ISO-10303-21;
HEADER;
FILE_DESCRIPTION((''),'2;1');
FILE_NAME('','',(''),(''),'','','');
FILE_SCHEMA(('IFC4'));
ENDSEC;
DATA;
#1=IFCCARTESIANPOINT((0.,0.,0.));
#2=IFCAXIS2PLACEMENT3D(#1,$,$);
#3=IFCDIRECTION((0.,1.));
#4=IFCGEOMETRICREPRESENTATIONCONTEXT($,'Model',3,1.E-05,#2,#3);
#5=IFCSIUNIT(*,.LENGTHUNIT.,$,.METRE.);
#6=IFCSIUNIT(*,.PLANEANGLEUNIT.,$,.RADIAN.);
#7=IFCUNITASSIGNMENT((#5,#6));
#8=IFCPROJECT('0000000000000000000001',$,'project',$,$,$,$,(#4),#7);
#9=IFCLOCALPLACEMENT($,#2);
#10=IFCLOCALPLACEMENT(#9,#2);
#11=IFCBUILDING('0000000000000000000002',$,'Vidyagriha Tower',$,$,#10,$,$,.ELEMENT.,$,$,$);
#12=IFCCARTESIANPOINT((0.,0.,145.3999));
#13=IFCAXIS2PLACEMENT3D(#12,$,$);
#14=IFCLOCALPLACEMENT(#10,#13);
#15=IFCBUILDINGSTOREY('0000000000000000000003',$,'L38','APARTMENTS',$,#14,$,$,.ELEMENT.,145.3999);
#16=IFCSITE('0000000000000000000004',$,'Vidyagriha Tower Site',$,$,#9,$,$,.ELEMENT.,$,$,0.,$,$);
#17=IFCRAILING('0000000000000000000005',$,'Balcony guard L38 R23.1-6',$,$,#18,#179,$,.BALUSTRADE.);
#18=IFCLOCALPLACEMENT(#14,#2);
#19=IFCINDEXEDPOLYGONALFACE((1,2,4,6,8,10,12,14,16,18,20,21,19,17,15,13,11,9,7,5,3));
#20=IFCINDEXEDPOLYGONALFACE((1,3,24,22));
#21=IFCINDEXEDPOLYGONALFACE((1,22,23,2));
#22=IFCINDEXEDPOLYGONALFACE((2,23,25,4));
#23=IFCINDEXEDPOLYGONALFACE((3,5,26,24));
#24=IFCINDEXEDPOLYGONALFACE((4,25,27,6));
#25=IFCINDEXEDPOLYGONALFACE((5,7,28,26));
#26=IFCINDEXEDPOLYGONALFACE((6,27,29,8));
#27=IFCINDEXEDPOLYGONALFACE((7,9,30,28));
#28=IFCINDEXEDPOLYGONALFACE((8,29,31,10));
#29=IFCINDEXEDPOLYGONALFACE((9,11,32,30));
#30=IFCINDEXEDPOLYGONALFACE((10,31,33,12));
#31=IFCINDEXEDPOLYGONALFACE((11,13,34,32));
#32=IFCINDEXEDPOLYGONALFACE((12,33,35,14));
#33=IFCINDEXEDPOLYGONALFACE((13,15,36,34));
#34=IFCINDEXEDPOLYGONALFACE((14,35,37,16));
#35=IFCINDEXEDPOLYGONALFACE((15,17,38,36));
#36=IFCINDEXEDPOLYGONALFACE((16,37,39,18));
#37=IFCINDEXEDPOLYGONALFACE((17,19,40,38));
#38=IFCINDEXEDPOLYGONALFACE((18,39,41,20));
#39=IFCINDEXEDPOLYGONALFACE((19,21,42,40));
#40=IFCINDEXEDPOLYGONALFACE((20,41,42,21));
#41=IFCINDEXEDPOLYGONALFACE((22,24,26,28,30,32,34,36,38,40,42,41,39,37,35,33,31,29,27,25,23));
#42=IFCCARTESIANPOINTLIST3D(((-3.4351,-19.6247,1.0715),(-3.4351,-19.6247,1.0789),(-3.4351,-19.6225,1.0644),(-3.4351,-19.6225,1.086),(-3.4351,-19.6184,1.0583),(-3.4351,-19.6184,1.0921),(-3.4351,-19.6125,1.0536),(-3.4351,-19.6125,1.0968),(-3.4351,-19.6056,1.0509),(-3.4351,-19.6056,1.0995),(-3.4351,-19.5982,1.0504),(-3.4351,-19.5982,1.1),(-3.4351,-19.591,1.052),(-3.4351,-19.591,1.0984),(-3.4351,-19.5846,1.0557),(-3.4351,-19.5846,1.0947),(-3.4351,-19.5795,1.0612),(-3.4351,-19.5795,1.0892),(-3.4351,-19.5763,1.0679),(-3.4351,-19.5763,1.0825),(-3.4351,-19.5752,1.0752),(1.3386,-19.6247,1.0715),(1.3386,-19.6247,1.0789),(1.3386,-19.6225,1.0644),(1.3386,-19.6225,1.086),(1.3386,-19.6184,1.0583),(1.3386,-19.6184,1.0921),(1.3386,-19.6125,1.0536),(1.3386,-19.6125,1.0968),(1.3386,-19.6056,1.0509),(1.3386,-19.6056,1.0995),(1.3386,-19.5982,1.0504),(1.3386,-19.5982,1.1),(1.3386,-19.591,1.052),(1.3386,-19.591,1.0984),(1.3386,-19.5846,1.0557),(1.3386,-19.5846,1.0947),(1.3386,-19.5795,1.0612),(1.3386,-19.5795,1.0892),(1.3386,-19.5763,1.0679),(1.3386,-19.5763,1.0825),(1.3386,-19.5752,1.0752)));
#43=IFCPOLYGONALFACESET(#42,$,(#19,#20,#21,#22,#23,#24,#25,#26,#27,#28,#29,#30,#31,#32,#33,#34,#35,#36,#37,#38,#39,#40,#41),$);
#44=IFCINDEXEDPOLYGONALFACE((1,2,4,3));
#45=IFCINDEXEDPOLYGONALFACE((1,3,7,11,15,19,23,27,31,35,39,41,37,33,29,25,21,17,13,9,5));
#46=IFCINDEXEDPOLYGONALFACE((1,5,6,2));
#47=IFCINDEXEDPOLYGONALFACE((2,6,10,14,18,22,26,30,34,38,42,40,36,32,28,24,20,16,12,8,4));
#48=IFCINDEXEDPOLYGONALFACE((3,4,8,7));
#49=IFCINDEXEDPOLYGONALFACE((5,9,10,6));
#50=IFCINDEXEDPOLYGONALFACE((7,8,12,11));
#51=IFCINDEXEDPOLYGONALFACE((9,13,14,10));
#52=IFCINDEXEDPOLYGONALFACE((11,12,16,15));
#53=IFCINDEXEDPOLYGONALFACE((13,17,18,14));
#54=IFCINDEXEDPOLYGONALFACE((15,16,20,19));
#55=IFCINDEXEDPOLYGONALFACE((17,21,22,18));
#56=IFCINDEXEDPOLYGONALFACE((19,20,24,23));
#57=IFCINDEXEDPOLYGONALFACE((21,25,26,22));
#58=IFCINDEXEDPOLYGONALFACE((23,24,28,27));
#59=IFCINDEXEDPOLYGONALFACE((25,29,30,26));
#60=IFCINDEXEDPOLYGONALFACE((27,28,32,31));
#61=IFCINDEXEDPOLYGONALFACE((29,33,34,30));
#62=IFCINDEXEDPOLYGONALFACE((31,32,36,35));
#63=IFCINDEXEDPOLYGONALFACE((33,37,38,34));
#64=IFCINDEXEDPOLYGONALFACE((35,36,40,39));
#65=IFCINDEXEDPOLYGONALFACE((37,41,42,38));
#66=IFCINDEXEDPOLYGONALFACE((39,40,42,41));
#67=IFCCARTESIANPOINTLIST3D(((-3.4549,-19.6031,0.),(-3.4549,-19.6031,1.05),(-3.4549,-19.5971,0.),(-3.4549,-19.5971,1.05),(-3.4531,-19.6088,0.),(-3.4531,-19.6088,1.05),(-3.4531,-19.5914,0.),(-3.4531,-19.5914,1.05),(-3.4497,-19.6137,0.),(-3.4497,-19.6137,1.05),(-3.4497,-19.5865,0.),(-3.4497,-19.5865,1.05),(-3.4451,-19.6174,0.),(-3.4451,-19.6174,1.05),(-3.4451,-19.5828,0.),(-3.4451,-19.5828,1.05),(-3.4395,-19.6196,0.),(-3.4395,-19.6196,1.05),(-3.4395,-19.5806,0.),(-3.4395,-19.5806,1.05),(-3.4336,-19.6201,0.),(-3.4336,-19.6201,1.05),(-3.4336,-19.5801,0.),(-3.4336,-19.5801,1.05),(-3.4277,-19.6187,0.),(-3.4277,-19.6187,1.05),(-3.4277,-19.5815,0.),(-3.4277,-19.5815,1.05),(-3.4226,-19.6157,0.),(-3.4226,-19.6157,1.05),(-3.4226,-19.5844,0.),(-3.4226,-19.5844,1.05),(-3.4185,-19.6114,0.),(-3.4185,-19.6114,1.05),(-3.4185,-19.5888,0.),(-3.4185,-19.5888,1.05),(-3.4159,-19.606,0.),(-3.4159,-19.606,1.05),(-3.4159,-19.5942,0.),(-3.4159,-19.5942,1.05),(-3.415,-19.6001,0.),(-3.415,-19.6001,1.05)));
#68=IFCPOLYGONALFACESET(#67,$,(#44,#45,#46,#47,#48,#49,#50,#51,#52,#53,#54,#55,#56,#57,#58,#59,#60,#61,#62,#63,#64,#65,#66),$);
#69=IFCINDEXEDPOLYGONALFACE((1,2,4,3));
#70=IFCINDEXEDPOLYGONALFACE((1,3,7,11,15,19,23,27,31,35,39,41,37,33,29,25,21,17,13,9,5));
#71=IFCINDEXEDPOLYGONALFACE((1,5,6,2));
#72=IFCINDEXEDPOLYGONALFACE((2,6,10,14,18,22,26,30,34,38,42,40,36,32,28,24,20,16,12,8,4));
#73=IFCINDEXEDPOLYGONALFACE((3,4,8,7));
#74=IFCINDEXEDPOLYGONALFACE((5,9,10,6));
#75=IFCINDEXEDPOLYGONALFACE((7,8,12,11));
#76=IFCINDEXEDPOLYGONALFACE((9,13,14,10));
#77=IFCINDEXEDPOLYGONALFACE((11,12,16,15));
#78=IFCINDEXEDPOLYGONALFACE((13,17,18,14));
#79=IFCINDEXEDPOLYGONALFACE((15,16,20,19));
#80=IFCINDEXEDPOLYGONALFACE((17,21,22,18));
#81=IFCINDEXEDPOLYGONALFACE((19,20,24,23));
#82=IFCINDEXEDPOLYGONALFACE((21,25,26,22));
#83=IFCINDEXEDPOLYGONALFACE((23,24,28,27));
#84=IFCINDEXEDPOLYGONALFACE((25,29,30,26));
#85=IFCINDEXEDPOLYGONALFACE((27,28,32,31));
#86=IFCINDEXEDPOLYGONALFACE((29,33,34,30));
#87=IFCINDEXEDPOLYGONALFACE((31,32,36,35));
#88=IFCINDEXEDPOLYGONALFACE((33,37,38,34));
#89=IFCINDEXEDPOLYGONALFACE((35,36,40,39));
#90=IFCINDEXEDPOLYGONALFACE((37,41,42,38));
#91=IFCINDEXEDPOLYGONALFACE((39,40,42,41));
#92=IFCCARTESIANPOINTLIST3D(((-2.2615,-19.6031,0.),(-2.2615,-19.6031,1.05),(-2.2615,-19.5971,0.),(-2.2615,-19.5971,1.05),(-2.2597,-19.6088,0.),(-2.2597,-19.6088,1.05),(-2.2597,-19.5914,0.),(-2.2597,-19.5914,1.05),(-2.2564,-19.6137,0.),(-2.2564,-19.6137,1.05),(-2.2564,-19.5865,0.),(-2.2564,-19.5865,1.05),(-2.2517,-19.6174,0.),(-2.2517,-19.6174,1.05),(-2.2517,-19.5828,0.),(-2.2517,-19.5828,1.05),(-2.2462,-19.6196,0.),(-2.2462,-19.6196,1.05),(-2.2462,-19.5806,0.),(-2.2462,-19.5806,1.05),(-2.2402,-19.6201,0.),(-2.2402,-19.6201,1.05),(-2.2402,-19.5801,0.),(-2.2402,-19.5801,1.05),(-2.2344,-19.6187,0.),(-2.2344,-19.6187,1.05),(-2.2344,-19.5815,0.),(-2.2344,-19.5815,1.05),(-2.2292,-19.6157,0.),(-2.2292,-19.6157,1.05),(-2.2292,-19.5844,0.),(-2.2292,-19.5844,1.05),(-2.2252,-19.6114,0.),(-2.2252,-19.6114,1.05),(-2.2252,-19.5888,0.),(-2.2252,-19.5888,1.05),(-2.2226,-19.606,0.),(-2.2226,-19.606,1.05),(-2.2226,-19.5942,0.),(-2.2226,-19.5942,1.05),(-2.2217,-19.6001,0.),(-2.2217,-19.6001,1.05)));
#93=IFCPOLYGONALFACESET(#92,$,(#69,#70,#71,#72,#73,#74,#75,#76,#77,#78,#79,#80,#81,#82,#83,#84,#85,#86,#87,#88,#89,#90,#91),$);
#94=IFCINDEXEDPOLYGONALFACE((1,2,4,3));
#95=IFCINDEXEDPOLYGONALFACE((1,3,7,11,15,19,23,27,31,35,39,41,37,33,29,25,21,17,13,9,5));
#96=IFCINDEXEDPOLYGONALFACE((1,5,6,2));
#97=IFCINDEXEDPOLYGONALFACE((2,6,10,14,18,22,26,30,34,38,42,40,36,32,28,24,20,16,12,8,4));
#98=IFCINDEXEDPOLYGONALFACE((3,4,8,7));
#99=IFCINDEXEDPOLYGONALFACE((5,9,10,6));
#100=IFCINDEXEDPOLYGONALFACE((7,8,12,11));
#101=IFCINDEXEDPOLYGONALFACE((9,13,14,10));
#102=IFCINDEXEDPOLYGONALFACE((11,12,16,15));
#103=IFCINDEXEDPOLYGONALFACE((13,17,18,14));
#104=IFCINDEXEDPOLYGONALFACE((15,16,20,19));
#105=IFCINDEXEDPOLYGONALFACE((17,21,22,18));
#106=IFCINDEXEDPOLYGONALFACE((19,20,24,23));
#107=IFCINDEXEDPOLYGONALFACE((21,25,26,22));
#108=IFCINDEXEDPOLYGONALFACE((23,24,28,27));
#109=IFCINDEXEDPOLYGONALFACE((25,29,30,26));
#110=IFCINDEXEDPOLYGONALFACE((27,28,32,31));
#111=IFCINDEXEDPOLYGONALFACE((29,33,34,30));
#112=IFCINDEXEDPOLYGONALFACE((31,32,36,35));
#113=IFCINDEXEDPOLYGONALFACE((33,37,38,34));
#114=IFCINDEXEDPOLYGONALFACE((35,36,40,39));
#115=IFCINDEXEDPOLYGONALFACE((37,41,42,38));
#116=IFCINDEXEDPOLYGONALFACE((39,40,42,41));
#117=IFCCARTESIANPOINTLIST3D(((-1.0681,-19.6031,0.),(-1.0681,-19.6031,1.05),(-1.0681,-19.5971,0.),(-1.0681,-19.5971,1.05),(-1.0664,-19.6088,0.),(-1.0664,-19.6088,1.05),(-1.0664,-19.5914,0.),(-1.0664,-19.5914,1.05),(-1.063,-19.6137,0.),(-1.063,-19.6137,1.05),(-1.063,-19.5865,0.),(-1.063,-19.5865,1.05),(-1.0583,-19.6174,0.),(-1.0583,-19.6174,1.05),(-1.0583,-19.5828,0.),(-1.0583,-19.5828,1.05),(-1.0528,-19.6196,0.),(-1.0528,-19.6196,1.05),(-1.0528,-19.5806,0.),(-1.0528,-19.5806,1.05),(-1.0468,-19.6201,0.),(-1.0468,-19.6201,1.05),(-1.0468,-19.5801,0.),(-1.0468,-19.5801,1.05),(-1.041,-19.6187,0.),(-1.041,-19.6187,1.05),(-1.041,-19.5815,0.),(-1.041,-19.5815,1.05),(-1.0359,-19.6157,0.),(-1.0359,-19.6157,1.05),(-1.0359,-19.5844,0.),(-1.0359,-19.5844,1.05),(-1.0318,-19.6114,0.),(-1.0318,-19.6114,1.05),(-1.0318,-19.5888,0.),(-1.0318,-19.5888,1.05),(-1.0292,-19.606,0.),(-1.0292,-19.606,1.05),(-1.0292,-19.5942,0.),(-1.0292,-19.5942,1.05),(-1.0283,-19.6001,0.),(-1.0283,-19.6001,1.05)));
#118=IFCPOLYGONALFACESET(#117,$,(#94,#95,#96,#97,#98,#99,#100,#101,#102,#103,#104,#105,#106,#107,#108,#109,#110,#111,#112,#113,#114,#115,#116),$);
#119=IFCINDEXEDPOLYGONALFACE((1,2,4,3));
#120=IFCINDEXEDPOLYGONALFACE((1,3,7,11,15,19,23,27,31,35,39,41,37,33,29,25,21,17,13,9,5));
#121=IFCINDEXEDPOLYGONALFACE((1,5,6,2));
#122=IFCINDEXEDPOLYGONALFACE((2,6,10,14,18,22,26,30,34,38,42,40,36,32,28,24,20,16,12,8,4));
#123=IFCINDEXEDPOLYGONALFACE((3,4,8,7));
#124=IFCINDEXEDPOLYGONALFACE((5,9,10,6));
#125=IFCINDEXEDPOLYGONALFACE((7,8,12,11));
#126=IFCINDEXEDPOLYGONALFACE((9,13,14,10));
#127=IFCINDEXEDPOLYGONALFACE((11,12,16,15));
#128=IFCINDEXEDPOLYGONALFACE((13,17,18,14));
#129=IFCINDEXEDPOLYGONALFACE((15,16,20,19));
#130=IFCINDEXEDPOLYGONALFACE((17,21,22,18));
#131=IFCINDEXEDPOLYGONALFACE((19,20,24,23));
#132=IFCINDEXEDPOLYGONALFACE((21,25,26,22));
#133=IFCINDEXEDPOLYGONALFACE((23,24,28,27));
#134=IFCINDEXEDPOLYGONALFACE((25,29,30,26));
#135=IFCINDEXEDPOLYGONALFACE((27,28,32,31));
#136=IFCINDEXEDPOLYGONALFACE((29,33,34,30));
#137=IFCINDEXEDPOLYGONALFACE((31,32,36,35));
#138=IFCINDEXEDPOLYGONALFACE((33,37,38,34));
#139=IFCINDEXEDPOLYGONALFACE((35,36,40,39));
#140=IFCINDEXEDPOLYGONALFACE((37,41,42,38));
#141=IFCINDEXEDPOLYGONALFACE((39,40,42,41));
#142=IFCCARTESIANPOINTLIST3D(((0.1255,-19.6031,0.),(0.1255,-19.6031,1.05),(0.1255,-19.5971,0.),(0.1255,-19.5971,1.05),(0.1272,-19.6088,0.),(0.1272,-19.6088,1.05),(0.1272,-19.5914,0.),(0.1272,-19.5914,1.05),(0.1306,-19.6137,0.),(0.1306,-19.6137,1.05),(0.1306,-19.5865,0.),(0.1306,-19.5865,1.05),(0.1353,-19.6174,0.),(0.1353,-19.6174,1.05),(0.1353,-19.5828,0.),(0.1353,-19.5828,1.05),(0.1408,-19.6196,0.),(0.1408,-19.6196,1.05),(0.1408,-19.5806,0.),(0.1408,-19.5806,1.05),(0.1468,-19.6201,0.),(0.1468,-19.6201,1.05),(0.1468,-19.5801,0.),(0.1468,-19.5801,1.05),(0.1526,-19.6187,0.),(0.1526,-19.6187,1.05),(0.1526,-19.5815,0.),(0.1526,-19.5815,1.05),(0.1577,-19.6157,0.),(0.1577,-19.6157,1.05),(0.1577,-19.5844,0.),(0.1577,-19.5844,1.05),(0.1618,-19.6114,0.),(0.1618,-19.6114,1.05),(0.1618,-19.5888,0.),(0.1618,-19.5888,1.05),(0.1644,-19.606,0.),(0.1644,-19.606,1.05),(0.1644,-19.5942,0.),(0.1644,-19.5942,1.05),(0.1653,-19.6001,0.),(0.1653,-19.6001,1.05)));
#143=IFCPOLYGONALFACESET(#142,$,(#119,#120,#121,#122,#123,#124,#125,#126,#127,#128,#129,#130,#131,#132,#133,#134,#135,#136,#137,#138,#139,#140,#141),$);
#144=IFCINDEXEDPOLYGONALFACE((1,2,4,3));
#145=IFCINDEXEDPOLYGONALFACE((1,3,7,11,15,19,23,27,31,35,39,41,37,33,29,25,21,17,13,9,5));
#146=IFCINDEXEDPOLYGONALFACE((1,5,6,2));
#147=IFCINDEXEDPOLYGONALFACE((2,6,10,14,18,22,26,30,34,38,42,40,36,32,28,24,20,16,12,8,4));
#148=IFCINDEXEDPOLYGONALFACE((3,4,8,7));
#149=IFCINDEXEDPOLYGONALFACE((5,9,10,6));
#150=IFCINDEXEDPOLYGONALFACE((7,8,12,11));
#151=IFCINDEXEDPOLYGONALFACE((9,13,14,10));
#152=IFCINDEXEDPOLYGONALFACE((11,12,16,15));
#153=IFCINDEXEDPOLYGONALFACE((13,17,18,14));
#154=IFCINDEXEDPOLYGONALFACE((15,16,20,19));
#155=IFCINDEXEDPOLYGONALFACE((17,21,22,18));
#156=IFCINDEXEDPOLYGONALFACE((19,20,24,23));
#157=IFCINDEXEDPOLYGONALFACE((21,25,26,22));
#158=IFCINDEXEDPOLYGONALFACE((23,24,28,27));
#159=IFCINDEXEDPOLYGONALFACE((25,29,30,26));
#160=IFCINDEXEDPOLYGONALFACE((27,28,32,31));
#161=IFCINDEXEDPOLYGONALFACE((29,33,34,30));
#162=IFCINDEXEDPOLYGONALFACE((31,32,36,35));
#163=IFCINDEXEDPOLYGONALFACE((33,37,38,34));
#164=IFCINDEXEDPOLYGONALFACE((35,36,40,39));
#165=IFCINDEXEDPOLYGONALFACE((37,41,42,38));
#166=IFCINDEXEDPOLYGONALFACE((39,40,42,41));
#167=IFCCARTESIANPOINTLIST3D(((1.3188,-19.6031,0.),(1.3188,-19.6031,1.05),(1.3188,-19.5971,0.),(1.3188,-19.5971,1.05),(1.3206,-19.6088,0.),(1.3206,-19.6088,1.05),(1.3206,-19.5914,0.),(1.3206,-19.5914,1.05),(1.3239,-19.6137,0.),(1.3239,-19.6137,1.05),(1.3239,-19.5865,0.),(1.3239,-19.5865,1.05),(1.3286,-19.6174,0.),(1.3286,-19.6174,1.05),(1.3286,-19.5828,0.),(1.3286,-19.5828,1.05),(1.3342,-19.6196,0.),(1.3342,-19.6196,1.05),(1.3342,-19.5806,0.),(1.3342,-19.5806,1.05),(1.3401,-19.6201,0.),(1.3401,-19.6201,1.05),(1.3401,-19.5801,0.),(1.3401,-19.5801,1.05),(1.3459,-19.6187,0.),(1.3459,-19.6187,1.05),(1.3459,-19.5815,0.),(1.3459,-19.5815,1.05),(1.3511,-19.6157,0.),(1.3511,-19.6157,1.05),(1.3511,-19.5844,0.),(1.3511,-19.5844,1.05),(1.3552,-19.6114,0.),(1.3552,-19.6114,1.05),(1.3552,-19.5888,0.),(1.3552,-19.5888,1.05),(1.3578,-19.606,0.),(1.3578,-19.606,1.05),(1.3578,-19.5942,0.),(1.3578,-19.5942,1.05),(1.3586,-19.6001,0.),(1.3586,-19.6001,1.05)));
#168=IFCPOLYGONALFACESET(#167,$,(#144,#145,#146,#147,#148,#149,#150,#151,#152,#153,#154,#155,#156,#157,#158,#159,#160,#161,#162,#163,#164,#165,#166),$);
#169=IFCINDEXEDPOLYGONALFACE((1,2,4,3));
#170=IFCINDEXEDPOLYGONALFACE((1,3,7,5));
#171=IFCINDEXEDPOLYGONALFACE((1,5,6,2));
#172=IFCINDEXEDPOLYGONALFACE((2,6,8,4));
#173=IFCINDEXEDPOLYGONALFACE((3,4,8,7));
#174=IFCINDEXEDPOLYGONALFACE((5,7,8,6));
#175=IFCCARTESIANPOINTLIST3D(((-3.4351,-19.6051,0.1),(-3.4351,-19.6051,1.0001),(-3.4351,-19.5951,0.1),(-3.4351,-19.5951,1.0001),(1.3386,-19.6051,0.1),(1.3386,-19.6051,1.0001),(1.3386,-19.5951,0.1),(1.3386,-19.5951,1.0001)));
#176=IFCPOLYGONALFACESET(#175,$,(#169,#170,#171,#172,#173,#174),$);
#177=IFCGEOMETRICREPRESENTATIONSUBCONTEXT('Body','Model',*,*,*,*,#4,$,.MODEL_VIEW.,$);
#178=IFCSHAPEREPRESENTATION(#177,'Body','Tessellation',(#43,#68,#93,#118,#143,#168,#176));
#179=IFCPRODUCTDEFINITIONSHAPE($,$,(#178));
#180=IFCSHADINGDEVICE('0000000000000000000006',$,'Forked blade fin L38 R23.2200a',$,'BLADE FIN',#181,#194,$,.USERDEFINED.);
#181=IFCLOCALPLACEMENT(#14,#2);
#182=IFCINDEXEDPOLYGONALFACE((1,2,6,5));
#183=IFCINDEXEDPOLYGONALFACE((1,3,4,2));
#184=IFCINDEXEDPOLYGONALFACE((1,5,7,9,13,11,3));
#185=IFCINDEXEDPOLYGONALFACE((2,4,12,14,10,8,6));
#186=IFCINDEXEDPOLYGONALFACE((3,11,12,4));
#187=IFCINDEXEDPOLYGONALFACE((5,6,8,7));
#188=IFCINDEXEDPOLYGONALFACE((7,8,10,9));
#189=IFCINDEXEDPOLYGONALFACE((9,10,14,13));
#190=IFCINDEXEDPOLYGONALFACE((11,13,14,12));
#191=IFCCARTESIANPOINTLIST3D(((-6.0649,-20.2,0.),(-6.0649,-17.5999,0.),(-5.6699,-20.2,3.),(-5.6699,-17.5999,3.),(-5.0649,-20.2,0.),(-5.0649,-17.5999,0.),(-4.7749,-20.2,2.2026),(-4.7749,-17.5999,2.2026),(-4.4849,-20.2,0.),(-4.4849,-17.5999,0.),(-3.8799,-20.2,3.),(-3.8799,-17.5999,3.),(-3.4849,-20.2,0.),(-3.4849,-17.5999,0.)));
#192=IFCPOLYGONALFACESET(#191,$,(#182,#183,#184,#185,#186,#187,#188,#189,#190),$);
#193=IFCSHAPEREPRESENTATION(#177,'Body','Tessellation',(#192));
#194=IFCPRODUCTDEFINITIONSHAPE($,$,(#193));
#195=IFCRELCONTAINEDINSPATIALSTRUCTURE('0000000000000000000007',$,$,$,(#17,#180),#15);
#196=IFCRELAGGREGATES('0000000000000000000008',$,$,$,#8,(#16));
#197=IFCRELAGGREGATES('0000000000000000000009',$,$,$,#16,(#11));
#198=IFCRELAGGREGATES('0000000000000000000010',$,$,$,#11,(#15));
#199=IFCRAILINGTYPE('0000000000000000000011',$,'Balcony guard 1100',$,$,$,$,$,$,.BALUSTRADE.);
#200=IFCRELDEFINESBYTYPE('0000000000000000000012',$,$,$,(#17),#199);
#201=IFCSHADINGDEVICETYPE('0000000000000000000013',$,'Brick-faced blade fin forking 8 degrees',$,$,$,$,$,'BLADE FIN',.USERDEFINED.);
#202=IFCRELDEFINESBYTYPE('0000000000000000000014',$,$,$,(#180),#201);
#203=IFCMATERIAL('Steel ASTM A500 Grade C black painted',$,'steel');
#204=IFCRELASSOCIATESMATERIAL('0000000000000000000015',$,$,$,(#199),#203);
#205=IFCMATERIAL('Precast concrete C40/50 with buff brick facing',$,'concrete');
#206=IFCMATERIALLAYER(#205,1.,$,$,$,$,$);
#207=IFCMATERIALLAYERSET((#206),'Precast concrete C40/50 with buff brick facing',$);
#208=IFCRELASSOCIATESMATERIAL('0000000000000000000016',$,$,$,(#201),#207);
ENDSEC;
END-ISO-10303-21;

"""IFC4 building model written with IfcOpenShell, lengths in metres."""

from ifc_helpers import new_model, si_unit, direction, frame, origin, origin_2d, place, context, subcontext, project, spatial, polyline, rectangle, circle, outline, extrude, material, layer, layer_set, type_object, element, save


model = new_model("IFC4")

# Units and contexts
model_context = context("Model", 3, precision=1e-05, world=origin(), true_north=direction((0.0, 1.0)))
body_context = subcontext(model_context, "Body", "Model", "MODEL_VIEW")
ifc_project = project(units=[si_unit("LENGTHUNIT", "METRE"), si_unit("PLANEANGLEUNIT", "RADIAN")], contexts=[model_context])

# Site, building, storey
site_placement = place(None, origin())
site = spatial("IfcSite", under=ifc_project, at=site_placement, Name="Vidyagriha Tower Site", CompositionType="ELEMENT", RefElevation=0.0)
building_placement = place(site_placement, origin())
building = spatial("IfcBuilding", under=site, at=building_placement, Name="Vidyagriha Tower", CompositionType="ELEMENT")
storey_placement = place(building_placement, frame((0.0, 0.0, 145.3999)))
storey = spatial("IfcBuildingStorey", under=building, at=storey_placement, Name="L38", Description="APARTMENTS", CompositionType="ELEMENT", Elevation=145.3999)

# Railing
ifc_material_1 = material(Name="Steel ASTM A500 Grade C black painted", Category="steel")
railing_type = type_object("IfcRailingType", Name="Balcony guard 1100", PredefinedType="BALUSTRADE", material=ifc_material_1)
railing_placement = place(storey_placement, frame((-3.4351, -19.6001, 0.0)))
element("IfcRailing", 1, at=railing_placement, inside=storey, type_object=railing_type, Name="Balcony guard L38 R23.1-6", PredefinedType="BALUSTRADE", context=body_context, shape_type="SweptSolid", body=[
    extrude(circle(Radius=0.0249, at=origin_2d()), frame((0.0, 0.0, 1.0752), z_axis=(1.0, 0.0, 0.0), x_axis=(0.0, 1.0, 0.0)), (0.0, 0.0, 1.0), 4.7737),
    extrude(circle(Radius=0.02, at=origin_2d()), origin(), (0.0, 0.0, 1.0), 1.05),
    extrude(circle(Radius=0.02, at=origin_2d()), frame((1.1934, 0.0, 0.0)), (0.0, 0.0, 1.0), 1.05),
    extrude(circle(Radius=0.02, at=origin_2d()), frame((2.3867, 0.0, 0.0)), (0.0, 0.0, 1.0), 1.05),
    extrude(circle(Radius=0.02, at=origin_2d()), frame((3.5803, 0.0, 0.0)), (0.0, 0.0, 1.0), 1.05),
    extrude(circle(Radius=0.02, at=origin_2d()), frame((4.7737, 0.0, 0.0)), (0.0, 0.0, 1.0), 1.05),
    extrude(rectangle(XDim=0.01, YDim=0.9001, at=origin_2d()), frame((0.0, 0.0, 0.55), z_axis=(1.0, 0.0, 0.0), x_axis=(0.0, 1.0, 0.0)), (0.0, 0.0, 1.0), 4.7737),
])

# Shading device
ifc_material_2 = material(Name="Precast concrete C40/50 with buff brick facing", Category="concrete")
ifc_layer_1 = layer(ifc_material_2, 1.0)
ifc_layer_set_1 = layer_set([ifc_layer_1], Name="Precast concrete C40/50 with buff brick facing")
shading_device_type = type_object("IfcShadingDeviceType", Name="Brick-faced blade fin forking 8 degrees", ElementType="BLADE FIN", PredefinedType="USERDEFINED", material=ifc_layer_set_1)
shading_device_placement = place(storey_placement, frame((-6.0649, -18.8999, 0.0)))
element("IfcShadingDevice", 2, at=shading_device_placement, inside=storey, type_object=shading_device_type, Name="Forked blade fin L38 R23.2200a", ObjectType="BLADE FIN", PredefinedType="USERDEFINED", context=body_context, shape_type="SweptSolid", body=[
    extrude(outline(polyline([(1.0, 0.0), (1.29, 2.2026), (1.5801, 0.0), (2.5801, 0.0), (2.1851, 3.0), (0.395, 3.0), (0.0, 0.0), (1.0, 0.0)])), frame((0.0, 1.3, 0.0), z_axis=(0.0, -1.0, 0.0), x_axis=(1.0, 0.0, 0.0)), (0.0, 0.0, 1.0), 2.6001),
])

save(model, "model.ifc")
